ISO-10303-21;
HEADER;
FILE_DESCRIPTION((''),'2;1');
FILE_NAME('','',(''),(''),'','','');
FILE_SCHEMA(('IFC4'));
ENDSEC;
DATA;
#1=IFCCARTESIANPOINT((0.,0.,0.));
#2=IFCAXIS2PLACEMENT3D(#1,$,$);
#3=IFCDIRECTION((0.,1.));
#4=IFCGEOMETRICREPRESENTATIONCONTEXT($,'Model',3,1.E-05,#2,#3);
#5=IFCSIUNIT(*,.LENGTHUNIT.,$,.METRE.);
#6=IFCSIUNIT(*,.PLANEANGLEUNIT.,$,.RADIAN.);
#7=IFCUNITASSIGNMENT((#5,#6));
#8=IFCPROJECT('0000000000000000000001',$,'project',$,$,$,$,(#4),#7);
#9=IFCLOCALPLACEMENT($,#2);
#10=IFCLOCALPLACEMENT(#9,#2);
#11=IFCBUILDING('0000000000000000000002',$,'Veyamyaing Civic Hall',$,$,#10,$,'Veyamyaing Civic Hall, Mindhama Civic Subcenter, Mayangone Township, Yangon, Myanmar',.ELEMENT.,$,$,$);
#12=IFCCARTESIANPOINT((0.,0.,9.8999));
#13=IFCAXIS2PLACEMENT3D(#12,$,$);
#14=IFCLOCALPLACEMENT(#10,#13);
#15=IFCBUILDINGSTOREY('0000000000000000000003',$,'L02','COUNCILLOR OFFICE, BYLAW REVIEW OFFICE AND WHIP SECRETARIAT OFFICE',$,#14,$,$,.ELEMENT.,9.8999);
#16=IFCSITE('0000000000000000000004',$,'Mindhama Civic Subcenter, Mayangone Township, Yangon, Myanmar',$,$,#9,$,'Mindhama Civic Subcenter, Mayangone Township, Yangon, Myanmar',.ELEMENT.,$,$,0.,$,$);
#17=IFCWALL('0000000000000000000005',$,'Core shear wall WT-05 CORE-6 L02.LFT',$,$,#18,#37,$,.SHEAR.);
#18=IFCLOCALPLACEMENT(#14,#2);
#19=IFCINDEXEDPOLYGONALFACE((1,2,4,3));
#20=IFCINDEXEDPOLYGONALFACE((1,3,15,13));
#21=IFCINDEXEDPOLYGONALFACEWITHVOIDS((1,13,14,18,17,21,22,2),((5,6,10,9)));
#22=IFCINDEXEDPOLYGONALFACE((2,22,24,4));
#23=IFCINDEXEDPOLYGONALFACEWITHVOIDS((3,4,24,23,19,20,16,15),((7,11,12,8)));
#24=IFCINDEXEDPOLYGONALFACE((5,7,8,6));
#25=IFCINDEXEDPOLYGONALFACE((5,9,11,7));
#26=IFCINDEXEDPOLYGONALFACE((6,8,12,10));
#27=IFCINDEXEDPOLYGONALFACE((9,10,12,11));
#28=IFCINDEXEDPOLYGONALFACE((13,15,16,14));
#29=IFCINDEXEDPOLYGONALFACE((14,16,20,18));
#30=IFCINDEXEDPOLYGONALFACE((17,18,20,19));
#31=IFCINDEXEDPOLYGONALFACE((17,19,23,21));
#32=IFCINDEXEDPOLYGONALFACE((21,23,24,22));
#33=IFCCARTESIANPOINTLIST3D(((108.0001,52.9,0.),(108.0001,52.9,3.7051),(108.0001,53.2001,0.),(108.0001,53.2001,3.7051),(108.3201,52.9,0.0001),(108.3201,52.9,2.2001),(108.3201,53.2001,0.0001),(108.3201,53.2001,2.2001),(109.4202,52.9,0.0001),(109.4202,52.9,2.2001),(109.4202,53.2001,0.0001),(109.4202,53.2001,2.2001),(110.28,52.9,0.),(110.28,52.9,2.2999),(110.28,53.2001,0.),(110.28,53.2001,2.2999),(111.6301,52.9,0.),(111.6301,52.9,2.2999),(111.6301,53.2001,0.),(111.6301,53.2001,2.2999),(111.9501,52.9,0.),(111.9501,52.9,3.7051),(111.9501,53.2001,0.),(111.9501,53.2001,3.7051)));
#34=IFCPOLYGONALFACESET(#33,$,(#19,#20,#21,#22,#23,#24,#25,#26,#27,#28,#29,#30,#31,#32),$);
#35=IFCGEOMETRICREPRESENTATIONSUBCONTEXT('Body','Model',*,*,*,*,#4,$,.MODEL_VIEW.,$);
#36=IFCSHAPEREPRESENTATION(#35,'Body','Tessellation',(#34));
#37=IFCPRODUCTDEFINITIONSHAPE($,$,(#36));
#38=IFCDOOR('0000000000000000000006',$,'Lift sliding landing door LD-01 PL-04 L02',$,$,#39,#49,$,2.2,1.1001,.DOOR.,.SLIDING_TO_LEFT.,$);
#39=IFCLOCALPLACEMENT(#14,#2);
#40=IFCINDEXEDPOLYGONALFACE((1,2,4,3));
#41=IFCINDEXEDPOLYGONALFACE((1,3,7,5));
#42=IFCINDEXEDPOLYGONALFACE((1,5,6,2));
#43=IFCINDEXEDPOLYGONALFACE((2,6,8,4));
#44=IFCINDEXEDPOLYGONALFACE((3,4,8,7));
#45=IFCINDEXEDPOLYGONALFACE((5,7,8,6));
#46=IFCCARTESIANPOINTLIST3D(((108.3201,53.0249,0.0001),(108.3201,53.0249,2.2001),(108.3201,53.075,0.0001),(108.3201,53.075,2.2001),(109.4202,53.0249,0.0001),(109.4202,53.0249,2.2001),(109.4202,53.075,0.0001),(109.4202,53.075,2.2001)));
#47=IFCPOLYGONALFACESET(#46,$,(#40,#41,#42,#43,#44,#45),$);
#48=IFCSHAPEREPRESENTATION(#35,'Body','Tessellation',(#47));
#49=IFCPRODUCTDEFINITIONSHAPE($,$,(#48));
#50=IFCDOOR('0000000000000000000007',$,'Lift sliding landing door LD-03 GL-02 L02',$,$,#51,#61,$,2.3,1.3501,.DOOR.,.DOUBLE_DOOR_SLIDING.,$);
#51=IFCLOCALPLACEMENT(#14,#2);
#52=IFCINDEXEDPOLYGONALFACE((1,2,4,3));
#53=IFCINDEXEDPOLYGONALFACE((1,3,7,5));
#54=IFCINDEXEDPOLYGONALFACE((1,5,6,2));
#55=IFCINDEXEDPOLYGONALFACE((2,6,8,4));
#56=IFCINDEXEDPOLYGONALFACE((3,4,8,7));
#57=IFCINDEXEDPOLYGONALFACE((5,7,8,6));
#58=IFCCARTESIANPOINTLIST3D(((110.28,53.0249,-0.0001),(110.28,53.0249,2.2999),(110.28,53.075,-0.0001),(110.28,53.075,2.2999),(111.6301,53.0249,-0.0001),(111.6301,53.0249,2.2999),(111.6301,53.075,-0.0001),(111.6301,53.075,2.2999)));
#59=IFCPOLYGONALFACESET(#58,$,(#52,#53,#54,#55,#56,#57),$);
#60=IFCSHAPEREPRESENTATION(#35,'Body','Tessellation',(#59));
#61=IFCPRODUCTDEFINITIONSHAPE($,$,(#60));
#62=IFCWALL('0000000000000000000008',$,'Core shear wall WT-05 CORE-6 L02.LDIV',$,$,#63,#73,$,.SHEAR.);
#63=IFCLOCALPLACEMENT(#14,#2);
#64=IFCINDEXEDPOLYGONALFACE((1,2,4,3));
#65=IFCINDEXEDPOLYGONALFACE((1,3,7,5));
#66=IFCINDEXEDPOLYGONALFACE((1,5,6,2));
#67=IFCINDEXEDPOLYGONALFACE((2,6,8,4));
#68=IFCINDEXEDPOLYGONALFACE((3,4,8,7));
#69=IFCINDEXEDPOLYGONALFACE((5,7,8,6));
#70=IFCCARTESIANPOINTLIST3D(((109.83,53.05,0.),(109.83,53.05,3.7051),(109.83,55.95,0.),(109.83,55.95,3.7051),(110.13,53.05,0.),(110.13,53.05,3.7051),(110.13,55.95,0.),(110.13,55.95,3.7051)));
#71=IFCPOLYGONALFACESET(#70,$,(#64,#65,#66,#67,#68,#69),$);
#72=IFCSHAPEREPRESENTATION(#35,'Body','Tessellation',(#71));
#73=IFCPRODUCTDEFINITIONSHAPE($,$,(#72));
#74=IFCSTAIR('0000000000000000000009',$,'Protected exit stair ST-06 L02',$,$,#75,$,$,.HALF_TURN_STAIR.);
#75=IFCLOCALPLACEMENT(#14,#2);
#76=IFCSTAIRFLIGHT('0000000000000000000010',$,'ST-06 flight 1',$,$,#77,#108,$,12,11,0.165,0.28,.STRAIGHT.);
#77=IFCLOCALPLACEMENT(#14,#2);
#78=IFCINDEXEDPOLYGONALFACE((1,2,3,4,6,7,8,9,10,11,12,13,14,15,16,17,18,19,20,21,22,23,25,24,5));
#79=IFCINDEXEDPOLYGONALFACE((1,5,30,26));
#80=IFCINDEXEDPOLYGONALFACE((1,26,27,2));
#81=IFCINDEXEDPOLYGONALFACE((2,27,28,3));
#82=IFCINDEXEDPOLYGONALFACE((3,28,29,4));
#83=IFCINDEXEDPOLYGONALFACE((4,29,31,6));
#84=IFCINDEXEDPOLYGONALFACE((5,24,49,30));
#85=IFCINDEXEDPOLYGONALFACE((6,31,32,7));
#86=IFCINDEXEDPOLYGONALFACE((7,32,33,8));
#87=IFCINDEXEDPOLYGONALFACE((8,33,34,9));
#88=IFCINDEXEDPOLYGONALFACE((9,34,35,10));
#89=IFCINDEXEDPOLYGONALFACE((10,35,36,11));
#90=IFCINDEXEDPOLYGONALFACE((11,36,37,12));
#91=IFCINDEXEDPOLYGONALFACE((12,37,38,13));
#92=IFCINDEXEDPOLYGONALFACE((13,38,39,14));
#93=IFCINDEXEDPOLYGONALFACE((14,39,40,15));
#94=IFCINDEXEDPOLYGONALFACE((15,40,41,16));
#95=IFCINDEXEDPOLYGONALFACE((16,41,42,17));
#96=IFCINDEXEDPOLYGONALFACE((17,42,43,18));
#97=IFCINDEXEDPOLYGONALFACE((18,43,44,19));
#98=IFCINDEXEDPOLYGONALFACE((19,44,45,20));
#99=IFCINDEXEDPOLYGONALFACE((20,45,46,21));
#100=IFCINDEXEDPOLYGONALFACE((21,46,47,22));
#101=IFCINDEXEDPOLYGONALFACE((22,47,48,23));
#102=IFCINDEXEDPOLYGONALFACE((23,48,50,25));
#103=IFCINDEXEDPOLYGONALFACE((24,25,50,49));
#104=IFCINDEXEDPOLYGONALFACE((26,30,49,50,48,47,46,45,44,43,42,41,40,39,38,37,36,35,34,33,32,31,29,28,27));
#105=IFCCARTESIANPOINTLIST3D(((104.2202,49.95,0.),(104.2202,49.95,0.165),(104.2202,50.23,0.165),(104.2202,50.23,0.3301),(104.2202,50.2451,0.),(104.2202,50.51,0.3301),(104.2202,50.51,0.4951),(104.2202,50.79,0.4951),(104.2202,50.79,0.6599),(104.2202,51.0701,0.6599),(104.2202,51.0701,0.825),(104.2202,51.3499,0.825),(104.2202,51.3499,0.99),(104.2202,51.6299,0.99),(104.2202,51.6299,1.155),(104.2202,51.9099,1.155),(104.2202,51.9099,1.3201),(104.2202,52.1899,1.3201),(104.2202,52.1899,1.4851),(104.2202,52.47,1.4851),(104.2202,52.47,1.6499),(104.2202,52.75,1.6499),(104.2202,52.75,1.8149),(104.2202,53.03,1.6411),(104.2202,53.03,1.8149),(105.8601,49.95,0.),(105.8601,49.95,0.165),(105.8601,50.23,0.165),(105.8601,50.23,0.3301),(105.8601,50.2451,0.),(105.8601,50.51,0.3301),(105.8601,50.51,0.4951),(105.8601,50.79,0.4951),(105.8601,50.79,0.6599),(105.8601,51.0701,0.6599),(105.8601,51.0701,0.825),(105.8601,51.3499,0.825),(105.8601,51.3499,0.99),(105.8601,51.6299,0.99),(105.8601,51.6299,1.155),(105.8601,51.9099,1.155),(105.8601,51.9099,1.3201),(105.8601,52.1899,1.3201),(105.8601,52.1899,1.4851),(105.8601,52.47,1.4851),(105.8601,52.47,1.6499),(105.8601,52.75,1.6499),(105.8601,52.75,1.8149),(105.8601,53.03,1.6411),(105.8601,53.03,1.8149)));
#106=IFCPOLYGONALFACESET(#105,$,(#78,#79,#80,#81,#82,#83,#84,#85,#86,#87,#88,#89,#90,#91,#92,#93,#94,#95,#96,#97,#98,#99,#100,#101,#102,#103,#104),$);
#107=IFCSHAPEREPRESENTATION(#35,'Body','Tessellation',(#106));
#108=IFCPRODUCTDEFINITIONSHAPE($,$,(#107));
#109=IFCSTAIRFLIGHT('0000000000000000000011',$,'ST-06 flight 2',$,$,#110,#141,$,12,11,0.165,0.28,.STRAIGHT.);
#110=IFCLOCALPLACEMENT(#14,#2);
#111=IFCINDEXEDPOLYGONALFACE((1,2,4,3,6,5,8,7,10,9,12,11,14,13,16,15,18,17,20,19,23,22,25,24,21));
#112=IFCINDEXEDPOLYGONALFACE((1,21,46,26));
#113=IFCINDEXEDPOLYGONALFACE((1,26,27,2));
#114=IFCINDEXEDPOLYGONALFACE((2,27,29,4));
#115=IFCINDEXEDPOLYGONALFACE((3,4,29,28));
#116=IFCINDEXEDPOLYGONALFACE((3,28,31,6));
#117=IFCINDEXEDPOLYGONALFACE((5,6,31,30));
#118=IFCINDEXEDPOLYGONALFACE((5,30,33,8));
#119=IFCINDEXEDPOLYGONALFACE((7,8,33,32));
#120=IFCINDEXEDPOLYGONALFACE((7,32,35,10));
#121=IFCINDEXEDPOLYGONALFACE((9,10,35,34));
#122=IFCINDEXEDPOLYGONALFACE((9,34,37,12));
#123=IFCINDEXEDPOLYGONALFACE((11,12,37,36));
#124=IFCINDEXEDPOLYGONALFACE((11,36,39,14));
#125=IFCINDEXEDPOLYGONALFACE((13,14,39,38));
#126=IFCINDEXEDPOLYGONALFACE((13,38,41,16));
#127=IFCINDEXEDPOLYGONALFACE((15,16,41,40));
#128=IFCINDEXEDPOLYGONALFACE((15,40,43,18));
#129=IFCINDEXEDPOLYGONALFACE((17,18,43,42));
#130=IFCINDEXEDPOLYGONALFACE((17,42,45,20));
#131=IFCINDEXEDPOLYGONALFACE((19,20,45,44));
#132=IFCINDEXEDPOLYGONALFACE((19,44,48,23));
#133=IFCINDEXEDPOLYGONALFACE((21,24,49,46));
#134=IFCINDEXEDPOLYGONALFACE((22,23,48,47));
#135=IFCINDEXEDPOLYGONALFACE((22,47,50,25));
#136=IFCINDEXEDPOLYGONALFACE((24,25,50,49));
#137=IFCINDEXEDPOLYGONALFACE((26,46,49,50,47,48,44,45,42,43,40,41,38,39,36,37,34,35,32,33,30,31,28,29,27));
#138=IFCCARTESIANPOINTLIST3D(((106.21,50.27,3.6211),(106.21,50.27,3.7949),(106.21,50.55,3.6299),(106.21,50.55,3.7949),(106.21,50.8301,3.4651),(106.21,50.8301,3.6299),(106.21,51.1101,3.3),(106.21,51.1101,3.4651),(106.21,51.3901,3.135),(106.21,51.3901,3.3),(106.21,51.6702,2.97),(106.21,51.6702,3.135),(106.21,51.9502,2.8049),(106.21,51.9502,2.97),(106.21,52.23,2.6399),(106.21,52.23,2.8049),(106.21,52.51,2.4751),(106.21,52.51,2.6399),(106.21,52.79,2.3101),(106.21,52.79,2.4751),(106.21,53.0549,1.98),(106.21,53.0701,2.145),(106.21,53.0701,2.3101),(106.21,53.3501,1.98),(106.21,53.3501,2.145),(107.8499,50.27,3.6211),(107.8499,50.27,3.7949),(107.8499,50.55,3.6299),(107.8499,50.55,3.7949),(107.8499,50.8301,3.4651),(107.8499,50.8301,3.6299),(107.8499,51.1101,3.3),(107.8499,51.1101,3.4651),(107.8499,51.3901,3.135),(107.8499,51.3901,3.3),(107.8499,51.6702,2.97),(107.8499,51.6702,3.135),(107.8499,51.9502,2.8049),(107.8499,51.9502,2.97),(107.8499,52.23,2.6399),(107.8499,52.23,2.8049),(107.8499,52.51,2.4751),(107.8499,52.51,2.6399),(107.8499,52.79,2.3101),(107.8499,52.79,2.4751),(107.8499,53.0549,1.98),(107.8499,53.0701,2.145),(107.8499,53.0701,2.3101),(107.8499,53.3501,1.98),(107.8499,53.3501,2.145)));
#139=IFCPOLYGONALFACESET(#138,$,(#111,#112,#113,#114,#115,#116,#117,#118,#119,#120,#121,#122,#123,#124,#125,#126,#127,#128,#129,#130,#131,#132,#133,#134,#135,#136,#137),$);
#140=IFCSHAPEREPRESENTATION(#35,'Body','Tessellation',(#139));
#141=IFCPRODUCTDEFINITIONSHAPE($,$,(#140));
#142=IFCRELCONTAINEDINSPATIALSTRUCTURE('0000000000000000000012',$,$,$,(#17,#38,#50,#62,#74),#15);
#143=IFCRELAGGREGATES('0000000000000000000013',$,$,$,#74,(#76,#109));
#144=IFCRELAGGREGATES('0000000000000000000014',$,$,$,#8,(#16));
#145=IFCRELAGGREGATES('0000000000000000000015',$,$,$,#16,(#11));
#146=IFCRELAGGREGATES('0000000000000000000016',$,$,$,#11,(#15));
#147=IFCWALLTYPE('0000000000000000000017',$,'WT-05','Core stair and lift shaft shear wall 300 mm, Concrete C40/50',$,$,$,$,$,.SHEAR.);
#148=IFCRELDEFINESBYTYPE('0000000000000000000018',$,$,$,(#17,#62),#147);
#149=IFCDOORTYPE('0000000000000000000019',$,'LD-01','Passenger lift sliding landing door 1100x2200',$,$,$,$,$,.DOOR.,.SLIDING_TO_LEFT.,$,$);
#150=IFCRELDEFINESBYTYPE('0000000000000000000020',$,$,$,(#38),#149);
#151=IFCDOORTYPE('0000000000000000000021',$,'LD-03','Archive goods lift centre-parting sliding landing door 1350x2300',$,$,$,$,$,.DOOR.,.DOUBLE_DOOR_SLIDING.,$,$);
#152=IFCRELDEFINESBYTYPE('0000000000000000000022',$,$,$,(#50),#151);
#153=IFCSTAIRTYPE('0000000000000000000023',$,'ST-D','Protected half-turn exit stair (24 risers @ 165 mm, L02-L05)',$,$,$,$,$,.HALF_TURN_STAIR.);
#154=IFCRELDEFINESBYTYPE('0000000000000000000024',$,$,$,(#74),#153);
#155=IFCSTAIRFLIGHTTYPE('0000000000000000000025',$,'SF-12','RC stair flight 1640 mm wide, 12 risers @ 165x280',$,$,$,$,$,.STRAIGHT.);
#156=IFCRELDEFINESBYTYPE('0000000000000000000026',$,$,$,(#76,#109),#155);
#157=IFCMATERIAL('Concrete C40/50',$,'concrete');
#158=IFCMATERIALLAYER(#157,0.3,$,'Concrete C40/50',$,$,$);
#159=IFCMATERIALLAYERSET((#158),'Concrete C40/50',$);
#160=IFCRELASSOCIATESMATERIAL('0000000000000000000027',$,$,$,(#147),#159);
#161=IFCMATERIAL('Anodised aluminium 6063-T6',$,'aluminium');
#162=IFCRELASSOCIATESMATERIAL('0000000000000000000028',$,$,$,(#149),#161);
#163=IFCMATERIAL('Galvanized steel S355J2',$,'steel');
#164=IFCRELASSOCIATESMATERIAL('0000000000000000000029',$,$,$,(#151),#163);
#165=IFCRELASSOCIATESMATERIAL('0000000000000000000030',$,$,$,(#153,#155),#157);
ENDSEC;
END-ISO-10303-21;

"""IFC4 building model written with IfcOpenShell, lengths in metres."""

from ifc_helpers import new_model, si_unit, direction, frame, frame_2d, origin, place, context, subcontext, project, spatial, polyline, rectangle, outline, extrude, material, layer, layer_set, type_object, element, fill, aggregate, save


model = new_model("IFC4")

# Units and contexts
model_context = context("Model", 3, precision=1e-05, world=origin(), true_north=direction((0.0, 1.0)))
body_context = subcontext(model_context, "Body", "Model", "MODEL_VIEW")
ifc_project = project(units=[si_unit("LENGTHUNIT", "METRE"), si_unit("PLANEANGLEUNIT", "RADIAN")], contexts=[model_context])

# Site, building, storey
site_placement = place(None, origin())
site = spatial("IfcSite", under=ifc_project, at=site_placement, Name="Mindhama Civic Subcenter, Mayangone Township, Yangon, Myanmar", LongName="Mindhama Civic Subcenter, Mayangone Township, Yangon, Myanmar", CompositionType="ELEMENT", RefElevation=0.0)
building_placement = place(site_placement, origin())
building = spatial("IfcBuilding", under=site, at=building_placement, Name="Veyamyaing Civic Hall", LongName="Veyamyaing Civic Hall, Mindhama Civic Subcenter, Mayangone Township, Yangon, Myanmar", CompositionType="ELEMENT")
storey_placement = place(building_placement, frame((0.0, 0.0, 9.8999)))
storey = spatial("IfcBuildingStorey", under=building, at=storey_placement, Name="L02", Description="COUNCILLOR OFFICE, BYLAW REVIEW OFFICE AND WHIP SECRETARIAT OFFICE", CompositionType="ELEMENT", Elevation=9.8999)

# Shared definitions
ifc_material_1 = material(Name="Concrete C40/50", Category="concrete")
ifc_layer_1 = layer(ifc_material_1, 0.3, Name="Concrete C40/50")
ifc_layer_set_1 = layer_set([ifc_layer_1], Name="Concrete C40/50")
wall_type_1 = type_object("IfcWallType", Name="WT-05", Description="Core stair and lift shaft shear wall 300 mm, Concrete C40/50", PredefinedType="SHEAR", material=ifc_layer_set_1)

# Shared definitions
ifc_material_2 = material(Name="Galvanized steel S355J2", Category="steel")

# Wall, openings, doors
wall_1_placement = place(storey_placement, frame((108.0, 53.05, 0.0), z_axis=(0.0, 0.0, 1.0), x_axis=(1.0, 0.0, 0.0)))
wall_1 = element("IfcWall", 1, at=wall_1_placement, inside=storey, type_object=wall_type_1, Name="Core shear wall WT-05 CORE-6 L02.LFT", PredefinedType="SHEAR", context=body_context, shape_type="SweptSolid", body=[
    extrude(rectangle(XDim=3.95, YDim=0.3, at=frame_2d((1.9751, 0.0))), origin(), (0.0, 0.0, 1.0), 3.7051),
])
opening_1_placement = place(wall_1_placement, frame((0.3201, 0.0, 0.0)))
opening_1 = element("IfcOpeningElement", 2, at=opening_1_placement, cuts=wall_1, PredefinedType="OPENING", context=body_context, shape_type="SweptSolid", body=[
    extrude(rectangle(XDim=1.1001, YDim=2.2, at=frame_2d((0.55, 1.1001))), frame((0.0, 0.1599, 0.0), z_axis=(0.0, -1.0, 0.0), x_axis=(1.0, 0.0, 0.0)), (0.0, 0.0, 1.0), 0.3201),
])
opening_2_placement = place(wall_1_placement, frame((2.28, 0.0, 0.0)))
opening_2 = element("IfcOpeningElement", 3, at=opening_2_placement, cuts=wall_1, PredefinedType="OPENING", context=body_context, shape_type="SweptSolid", body=[
    extrude(rectangle(XDim=1.3501, YDim=2.3, at=frame_2d((0.675, 1.1499))), frame((0.0, 0.1599, 0.0), z_axis=(0.0, -1.0, 0.0), x_axis=(1.0, 0.0, 0.0)), (0.0, 0.0, 1.0), 0.3201),
])
ifc_material_3 = material(Name="Anodised aluminium 6063-T6", Category="aluminium")
door_type_1 = type_object("IfcDoorType", Name="LD-01", Description="Passenger lift sliding landing door 1100x2200", OperationType="SLIDING_TO_LEFT", PredefinedType="DOOR", material=ifc_material_3)
door_1_placement = place(opening_1_placement, origin())
door_1 = element("IfcDoor", 4, at=door_1_placement, inside=storey, type_object=door_type_1, Name="Lift sliding landing door LD-01 PL-04 L02", OperationType="SLIDING_TO_LEFT", OverallHeight=2.2, OverallWidth=1.1001, PredefinedType="DOOR", context=body_context, shape_type="SweptSolid", body=[
    extrude(rectangle(XDim=1.1001, YDim=2.2, at=frame_2d((0.55, 1.1001))), frame((0.0, 0.0249, 0.0), z_axis=(0.0, -1.0, 0.0), x_axis=(1.0, 0.0, 0.0)), (0.0, 0.0, 1.0), 0.05),
])
fill(opening_1, door_1)
door_type_2 = type_object("IfcDoorType", Name="LD-03", Description="Archive goods lift centre-parting sliding landing door 1350x2300", OperationType="DOUBLE_DOOR_SLIDING", PredefinedType="DOOR", material=ifc_material_2)
door_2_placement = place(opening_2_placement, origin())
door_2 = element("IfcDoor", 5, at=door_2_placement, inside=storey, type_object=door_type_2, Name="Lift sliding landing door LD-03 GL-02 L02", OperationType="DOUBLE_DOOR_SLIDING", OverallHeight=2.3, OverallWidth=1.3501, PredefinedType="DOOR", context=body_context, shape_type="SweptSolid", body=[
    extrude(rectangle(XDim=1.3501, YDim=2.3, at=frame_2d((0.675, 1.1499))), frame((0.0, 0.0249, 0.0), z_axis=(0.0, -1.0, 0.0), x_axis=(1.0, 0.0, 0.0)), (0.0, 0.0, 1.0), 0.05),
])
fill(opening_2, door_2)

# Wall
wall_2_placement = place(storey_placement, frame((109.98, 53.05, 0.0), z_axis=(0.0, 0.0, 1.0), x_axis=(0.0, 1.0, 0.0)))
element("IfcWall", 6, at=wall_2_placement, inside=storey, type_object=wall_type_1, Name="Core shear wall WT-05 CORE-6 L02.LDIV", PredefinedType="SHEAR", context=body_context, shape_type="SweptSolid", body=[
    extrude(rectangle(XDim=2.8999, YDim=0.3, at=frame_2d((1.45, 0.0))), origin(), (0.0, 0.0, 1.0), 3.7051),
])

# Stair, stair flights
stair_type = type_object("IfcStairType", Name="ST-D", Description="Protected half-turn exit stair (24 risers @ 165 mm, L02-L05)", PredefinedType="HALF_TURN_STAIR", material=ifc_material_1)
stair_placement = place(storey_placement, origin())
stair = element("IfcStair", 7, at=stair_placement, inside=storey, type_object=stair_type, Name="Protected exit stair ST-06 L02", PredefinedType="HALF_TURN_STAIR")
stair_flight_type = type_object("IfcStairFlightType", Name="SF-12", Description="RC stair flight 1640 mm wide, 12 risers @ 165x280", PredefinedType="STRAIGHT", material=ifc_material_1)
stair_flight_1_placement = place(storey_placement, frame((105.04, 49.95, 0.0), z_axis=(0.0, 0.0, 1.0), x_axis=(0.0, 1.0, 0.0)))
stair_flight_1 = element("IfcStairFlight", 8, at=stair_flight_1_placement, type_object=stair_flight_type, Name="ST-06 flight 1", NumberOfRisers=12, NumberOfTreads=11, PredefinedType="STRAIGHT", RiserHeight=0.165, TreadLength=0.28, context=body_context, shape_type="SweptSolid", body=[
    extrude(outline(polyline([(0.0, 0.0), (0.0, 0.165), (0.28, 0.165), (0.28, 0.3301), (0.5601, 0.3301), (0.5601, 0.4951), (0.8401, 0.4951), (0.8401, 0.6599), (1.1201, 0.6599), (1.1201, 0.825), (1.3999, 0.825), (1.3999, 0.99), (1.6799, 0.99), (1.6799, 1.155), (1.96, 1.155), (1.96, 1.3201), (2.24, 1.3201), (2.24, 1.4851), (2.52, 1.4851), (2.52, 1.6499), (2.8, 1.6499), (2.8, 1.8149), (3.0801, 1.8149), (3.0801, 1.98), (3.0801, 1.6411), (0.2952, 0.0), (0.0, 0.0)])), frame((0.0, 0.8198, 0.0), z_axis=(0.0, -1.0, 0.0), x_axis=(1.0, 0.0, 0.0)), (0.0, 0.0, 1.0), 1.6399),
])
stair_flight_2_placement = place(storey_placement, frame((107.03, 53.3501, 1.98), z_axis=(0.0, 0.0, 1.0), x_axis=(0.0, -1.0, 0.0)))
stair_flight_2 = element("IfcStairFlight", 9, at=stair_flight_2_placement, type_object=stair_flight_type, Name="ST-06 flight 2", NumberOfRisers=12, NumberOfTreads=11, PredefinedType="STRAIGHT", RiserHeight=0.165, TreadLength=0.28, context=body_context, shape_type="SweptSolid", body=[
    extrude(outline(polyline([(0.0, 0.0), (0.0, 0.165), (0.28, 0.165), (0.28, 0.3301), (0.5601, 0.3301), (0.5601, 0.4951), (0.8401, 0.4951), (0.8401, 0.6599), (1.1201, 0.6599), (1.1201, 0.825), (1.3999, 0.825), (1.3999, 0.99), (1.6799, 0.99), (1.6799, 1.155), (1.96, 1.155), (1.96, 1.3201), (2.24, 1.3201), (2.24, 1.4851), (2.52, 1.4851), (2.52, 1.6499), (2.8, 1.6499), (2.8, 1.8149), (3.0801, 1.8149), (3.0801, 1.98), (3.0801, 1.6411), (0.2952, 0.0), (0.0, 0.0)])), frame((0.0, 0.8198, 0.0), z_axis=(0.0, -1.0, 0.0), x_axis=(1.0, 0.0, 0.0)), (0.0, 0.0, 1.0), 1.6399),
])
aggregate(stair, [stair_flight_1, stair_flight_2])

save(model, "model.ifc")
